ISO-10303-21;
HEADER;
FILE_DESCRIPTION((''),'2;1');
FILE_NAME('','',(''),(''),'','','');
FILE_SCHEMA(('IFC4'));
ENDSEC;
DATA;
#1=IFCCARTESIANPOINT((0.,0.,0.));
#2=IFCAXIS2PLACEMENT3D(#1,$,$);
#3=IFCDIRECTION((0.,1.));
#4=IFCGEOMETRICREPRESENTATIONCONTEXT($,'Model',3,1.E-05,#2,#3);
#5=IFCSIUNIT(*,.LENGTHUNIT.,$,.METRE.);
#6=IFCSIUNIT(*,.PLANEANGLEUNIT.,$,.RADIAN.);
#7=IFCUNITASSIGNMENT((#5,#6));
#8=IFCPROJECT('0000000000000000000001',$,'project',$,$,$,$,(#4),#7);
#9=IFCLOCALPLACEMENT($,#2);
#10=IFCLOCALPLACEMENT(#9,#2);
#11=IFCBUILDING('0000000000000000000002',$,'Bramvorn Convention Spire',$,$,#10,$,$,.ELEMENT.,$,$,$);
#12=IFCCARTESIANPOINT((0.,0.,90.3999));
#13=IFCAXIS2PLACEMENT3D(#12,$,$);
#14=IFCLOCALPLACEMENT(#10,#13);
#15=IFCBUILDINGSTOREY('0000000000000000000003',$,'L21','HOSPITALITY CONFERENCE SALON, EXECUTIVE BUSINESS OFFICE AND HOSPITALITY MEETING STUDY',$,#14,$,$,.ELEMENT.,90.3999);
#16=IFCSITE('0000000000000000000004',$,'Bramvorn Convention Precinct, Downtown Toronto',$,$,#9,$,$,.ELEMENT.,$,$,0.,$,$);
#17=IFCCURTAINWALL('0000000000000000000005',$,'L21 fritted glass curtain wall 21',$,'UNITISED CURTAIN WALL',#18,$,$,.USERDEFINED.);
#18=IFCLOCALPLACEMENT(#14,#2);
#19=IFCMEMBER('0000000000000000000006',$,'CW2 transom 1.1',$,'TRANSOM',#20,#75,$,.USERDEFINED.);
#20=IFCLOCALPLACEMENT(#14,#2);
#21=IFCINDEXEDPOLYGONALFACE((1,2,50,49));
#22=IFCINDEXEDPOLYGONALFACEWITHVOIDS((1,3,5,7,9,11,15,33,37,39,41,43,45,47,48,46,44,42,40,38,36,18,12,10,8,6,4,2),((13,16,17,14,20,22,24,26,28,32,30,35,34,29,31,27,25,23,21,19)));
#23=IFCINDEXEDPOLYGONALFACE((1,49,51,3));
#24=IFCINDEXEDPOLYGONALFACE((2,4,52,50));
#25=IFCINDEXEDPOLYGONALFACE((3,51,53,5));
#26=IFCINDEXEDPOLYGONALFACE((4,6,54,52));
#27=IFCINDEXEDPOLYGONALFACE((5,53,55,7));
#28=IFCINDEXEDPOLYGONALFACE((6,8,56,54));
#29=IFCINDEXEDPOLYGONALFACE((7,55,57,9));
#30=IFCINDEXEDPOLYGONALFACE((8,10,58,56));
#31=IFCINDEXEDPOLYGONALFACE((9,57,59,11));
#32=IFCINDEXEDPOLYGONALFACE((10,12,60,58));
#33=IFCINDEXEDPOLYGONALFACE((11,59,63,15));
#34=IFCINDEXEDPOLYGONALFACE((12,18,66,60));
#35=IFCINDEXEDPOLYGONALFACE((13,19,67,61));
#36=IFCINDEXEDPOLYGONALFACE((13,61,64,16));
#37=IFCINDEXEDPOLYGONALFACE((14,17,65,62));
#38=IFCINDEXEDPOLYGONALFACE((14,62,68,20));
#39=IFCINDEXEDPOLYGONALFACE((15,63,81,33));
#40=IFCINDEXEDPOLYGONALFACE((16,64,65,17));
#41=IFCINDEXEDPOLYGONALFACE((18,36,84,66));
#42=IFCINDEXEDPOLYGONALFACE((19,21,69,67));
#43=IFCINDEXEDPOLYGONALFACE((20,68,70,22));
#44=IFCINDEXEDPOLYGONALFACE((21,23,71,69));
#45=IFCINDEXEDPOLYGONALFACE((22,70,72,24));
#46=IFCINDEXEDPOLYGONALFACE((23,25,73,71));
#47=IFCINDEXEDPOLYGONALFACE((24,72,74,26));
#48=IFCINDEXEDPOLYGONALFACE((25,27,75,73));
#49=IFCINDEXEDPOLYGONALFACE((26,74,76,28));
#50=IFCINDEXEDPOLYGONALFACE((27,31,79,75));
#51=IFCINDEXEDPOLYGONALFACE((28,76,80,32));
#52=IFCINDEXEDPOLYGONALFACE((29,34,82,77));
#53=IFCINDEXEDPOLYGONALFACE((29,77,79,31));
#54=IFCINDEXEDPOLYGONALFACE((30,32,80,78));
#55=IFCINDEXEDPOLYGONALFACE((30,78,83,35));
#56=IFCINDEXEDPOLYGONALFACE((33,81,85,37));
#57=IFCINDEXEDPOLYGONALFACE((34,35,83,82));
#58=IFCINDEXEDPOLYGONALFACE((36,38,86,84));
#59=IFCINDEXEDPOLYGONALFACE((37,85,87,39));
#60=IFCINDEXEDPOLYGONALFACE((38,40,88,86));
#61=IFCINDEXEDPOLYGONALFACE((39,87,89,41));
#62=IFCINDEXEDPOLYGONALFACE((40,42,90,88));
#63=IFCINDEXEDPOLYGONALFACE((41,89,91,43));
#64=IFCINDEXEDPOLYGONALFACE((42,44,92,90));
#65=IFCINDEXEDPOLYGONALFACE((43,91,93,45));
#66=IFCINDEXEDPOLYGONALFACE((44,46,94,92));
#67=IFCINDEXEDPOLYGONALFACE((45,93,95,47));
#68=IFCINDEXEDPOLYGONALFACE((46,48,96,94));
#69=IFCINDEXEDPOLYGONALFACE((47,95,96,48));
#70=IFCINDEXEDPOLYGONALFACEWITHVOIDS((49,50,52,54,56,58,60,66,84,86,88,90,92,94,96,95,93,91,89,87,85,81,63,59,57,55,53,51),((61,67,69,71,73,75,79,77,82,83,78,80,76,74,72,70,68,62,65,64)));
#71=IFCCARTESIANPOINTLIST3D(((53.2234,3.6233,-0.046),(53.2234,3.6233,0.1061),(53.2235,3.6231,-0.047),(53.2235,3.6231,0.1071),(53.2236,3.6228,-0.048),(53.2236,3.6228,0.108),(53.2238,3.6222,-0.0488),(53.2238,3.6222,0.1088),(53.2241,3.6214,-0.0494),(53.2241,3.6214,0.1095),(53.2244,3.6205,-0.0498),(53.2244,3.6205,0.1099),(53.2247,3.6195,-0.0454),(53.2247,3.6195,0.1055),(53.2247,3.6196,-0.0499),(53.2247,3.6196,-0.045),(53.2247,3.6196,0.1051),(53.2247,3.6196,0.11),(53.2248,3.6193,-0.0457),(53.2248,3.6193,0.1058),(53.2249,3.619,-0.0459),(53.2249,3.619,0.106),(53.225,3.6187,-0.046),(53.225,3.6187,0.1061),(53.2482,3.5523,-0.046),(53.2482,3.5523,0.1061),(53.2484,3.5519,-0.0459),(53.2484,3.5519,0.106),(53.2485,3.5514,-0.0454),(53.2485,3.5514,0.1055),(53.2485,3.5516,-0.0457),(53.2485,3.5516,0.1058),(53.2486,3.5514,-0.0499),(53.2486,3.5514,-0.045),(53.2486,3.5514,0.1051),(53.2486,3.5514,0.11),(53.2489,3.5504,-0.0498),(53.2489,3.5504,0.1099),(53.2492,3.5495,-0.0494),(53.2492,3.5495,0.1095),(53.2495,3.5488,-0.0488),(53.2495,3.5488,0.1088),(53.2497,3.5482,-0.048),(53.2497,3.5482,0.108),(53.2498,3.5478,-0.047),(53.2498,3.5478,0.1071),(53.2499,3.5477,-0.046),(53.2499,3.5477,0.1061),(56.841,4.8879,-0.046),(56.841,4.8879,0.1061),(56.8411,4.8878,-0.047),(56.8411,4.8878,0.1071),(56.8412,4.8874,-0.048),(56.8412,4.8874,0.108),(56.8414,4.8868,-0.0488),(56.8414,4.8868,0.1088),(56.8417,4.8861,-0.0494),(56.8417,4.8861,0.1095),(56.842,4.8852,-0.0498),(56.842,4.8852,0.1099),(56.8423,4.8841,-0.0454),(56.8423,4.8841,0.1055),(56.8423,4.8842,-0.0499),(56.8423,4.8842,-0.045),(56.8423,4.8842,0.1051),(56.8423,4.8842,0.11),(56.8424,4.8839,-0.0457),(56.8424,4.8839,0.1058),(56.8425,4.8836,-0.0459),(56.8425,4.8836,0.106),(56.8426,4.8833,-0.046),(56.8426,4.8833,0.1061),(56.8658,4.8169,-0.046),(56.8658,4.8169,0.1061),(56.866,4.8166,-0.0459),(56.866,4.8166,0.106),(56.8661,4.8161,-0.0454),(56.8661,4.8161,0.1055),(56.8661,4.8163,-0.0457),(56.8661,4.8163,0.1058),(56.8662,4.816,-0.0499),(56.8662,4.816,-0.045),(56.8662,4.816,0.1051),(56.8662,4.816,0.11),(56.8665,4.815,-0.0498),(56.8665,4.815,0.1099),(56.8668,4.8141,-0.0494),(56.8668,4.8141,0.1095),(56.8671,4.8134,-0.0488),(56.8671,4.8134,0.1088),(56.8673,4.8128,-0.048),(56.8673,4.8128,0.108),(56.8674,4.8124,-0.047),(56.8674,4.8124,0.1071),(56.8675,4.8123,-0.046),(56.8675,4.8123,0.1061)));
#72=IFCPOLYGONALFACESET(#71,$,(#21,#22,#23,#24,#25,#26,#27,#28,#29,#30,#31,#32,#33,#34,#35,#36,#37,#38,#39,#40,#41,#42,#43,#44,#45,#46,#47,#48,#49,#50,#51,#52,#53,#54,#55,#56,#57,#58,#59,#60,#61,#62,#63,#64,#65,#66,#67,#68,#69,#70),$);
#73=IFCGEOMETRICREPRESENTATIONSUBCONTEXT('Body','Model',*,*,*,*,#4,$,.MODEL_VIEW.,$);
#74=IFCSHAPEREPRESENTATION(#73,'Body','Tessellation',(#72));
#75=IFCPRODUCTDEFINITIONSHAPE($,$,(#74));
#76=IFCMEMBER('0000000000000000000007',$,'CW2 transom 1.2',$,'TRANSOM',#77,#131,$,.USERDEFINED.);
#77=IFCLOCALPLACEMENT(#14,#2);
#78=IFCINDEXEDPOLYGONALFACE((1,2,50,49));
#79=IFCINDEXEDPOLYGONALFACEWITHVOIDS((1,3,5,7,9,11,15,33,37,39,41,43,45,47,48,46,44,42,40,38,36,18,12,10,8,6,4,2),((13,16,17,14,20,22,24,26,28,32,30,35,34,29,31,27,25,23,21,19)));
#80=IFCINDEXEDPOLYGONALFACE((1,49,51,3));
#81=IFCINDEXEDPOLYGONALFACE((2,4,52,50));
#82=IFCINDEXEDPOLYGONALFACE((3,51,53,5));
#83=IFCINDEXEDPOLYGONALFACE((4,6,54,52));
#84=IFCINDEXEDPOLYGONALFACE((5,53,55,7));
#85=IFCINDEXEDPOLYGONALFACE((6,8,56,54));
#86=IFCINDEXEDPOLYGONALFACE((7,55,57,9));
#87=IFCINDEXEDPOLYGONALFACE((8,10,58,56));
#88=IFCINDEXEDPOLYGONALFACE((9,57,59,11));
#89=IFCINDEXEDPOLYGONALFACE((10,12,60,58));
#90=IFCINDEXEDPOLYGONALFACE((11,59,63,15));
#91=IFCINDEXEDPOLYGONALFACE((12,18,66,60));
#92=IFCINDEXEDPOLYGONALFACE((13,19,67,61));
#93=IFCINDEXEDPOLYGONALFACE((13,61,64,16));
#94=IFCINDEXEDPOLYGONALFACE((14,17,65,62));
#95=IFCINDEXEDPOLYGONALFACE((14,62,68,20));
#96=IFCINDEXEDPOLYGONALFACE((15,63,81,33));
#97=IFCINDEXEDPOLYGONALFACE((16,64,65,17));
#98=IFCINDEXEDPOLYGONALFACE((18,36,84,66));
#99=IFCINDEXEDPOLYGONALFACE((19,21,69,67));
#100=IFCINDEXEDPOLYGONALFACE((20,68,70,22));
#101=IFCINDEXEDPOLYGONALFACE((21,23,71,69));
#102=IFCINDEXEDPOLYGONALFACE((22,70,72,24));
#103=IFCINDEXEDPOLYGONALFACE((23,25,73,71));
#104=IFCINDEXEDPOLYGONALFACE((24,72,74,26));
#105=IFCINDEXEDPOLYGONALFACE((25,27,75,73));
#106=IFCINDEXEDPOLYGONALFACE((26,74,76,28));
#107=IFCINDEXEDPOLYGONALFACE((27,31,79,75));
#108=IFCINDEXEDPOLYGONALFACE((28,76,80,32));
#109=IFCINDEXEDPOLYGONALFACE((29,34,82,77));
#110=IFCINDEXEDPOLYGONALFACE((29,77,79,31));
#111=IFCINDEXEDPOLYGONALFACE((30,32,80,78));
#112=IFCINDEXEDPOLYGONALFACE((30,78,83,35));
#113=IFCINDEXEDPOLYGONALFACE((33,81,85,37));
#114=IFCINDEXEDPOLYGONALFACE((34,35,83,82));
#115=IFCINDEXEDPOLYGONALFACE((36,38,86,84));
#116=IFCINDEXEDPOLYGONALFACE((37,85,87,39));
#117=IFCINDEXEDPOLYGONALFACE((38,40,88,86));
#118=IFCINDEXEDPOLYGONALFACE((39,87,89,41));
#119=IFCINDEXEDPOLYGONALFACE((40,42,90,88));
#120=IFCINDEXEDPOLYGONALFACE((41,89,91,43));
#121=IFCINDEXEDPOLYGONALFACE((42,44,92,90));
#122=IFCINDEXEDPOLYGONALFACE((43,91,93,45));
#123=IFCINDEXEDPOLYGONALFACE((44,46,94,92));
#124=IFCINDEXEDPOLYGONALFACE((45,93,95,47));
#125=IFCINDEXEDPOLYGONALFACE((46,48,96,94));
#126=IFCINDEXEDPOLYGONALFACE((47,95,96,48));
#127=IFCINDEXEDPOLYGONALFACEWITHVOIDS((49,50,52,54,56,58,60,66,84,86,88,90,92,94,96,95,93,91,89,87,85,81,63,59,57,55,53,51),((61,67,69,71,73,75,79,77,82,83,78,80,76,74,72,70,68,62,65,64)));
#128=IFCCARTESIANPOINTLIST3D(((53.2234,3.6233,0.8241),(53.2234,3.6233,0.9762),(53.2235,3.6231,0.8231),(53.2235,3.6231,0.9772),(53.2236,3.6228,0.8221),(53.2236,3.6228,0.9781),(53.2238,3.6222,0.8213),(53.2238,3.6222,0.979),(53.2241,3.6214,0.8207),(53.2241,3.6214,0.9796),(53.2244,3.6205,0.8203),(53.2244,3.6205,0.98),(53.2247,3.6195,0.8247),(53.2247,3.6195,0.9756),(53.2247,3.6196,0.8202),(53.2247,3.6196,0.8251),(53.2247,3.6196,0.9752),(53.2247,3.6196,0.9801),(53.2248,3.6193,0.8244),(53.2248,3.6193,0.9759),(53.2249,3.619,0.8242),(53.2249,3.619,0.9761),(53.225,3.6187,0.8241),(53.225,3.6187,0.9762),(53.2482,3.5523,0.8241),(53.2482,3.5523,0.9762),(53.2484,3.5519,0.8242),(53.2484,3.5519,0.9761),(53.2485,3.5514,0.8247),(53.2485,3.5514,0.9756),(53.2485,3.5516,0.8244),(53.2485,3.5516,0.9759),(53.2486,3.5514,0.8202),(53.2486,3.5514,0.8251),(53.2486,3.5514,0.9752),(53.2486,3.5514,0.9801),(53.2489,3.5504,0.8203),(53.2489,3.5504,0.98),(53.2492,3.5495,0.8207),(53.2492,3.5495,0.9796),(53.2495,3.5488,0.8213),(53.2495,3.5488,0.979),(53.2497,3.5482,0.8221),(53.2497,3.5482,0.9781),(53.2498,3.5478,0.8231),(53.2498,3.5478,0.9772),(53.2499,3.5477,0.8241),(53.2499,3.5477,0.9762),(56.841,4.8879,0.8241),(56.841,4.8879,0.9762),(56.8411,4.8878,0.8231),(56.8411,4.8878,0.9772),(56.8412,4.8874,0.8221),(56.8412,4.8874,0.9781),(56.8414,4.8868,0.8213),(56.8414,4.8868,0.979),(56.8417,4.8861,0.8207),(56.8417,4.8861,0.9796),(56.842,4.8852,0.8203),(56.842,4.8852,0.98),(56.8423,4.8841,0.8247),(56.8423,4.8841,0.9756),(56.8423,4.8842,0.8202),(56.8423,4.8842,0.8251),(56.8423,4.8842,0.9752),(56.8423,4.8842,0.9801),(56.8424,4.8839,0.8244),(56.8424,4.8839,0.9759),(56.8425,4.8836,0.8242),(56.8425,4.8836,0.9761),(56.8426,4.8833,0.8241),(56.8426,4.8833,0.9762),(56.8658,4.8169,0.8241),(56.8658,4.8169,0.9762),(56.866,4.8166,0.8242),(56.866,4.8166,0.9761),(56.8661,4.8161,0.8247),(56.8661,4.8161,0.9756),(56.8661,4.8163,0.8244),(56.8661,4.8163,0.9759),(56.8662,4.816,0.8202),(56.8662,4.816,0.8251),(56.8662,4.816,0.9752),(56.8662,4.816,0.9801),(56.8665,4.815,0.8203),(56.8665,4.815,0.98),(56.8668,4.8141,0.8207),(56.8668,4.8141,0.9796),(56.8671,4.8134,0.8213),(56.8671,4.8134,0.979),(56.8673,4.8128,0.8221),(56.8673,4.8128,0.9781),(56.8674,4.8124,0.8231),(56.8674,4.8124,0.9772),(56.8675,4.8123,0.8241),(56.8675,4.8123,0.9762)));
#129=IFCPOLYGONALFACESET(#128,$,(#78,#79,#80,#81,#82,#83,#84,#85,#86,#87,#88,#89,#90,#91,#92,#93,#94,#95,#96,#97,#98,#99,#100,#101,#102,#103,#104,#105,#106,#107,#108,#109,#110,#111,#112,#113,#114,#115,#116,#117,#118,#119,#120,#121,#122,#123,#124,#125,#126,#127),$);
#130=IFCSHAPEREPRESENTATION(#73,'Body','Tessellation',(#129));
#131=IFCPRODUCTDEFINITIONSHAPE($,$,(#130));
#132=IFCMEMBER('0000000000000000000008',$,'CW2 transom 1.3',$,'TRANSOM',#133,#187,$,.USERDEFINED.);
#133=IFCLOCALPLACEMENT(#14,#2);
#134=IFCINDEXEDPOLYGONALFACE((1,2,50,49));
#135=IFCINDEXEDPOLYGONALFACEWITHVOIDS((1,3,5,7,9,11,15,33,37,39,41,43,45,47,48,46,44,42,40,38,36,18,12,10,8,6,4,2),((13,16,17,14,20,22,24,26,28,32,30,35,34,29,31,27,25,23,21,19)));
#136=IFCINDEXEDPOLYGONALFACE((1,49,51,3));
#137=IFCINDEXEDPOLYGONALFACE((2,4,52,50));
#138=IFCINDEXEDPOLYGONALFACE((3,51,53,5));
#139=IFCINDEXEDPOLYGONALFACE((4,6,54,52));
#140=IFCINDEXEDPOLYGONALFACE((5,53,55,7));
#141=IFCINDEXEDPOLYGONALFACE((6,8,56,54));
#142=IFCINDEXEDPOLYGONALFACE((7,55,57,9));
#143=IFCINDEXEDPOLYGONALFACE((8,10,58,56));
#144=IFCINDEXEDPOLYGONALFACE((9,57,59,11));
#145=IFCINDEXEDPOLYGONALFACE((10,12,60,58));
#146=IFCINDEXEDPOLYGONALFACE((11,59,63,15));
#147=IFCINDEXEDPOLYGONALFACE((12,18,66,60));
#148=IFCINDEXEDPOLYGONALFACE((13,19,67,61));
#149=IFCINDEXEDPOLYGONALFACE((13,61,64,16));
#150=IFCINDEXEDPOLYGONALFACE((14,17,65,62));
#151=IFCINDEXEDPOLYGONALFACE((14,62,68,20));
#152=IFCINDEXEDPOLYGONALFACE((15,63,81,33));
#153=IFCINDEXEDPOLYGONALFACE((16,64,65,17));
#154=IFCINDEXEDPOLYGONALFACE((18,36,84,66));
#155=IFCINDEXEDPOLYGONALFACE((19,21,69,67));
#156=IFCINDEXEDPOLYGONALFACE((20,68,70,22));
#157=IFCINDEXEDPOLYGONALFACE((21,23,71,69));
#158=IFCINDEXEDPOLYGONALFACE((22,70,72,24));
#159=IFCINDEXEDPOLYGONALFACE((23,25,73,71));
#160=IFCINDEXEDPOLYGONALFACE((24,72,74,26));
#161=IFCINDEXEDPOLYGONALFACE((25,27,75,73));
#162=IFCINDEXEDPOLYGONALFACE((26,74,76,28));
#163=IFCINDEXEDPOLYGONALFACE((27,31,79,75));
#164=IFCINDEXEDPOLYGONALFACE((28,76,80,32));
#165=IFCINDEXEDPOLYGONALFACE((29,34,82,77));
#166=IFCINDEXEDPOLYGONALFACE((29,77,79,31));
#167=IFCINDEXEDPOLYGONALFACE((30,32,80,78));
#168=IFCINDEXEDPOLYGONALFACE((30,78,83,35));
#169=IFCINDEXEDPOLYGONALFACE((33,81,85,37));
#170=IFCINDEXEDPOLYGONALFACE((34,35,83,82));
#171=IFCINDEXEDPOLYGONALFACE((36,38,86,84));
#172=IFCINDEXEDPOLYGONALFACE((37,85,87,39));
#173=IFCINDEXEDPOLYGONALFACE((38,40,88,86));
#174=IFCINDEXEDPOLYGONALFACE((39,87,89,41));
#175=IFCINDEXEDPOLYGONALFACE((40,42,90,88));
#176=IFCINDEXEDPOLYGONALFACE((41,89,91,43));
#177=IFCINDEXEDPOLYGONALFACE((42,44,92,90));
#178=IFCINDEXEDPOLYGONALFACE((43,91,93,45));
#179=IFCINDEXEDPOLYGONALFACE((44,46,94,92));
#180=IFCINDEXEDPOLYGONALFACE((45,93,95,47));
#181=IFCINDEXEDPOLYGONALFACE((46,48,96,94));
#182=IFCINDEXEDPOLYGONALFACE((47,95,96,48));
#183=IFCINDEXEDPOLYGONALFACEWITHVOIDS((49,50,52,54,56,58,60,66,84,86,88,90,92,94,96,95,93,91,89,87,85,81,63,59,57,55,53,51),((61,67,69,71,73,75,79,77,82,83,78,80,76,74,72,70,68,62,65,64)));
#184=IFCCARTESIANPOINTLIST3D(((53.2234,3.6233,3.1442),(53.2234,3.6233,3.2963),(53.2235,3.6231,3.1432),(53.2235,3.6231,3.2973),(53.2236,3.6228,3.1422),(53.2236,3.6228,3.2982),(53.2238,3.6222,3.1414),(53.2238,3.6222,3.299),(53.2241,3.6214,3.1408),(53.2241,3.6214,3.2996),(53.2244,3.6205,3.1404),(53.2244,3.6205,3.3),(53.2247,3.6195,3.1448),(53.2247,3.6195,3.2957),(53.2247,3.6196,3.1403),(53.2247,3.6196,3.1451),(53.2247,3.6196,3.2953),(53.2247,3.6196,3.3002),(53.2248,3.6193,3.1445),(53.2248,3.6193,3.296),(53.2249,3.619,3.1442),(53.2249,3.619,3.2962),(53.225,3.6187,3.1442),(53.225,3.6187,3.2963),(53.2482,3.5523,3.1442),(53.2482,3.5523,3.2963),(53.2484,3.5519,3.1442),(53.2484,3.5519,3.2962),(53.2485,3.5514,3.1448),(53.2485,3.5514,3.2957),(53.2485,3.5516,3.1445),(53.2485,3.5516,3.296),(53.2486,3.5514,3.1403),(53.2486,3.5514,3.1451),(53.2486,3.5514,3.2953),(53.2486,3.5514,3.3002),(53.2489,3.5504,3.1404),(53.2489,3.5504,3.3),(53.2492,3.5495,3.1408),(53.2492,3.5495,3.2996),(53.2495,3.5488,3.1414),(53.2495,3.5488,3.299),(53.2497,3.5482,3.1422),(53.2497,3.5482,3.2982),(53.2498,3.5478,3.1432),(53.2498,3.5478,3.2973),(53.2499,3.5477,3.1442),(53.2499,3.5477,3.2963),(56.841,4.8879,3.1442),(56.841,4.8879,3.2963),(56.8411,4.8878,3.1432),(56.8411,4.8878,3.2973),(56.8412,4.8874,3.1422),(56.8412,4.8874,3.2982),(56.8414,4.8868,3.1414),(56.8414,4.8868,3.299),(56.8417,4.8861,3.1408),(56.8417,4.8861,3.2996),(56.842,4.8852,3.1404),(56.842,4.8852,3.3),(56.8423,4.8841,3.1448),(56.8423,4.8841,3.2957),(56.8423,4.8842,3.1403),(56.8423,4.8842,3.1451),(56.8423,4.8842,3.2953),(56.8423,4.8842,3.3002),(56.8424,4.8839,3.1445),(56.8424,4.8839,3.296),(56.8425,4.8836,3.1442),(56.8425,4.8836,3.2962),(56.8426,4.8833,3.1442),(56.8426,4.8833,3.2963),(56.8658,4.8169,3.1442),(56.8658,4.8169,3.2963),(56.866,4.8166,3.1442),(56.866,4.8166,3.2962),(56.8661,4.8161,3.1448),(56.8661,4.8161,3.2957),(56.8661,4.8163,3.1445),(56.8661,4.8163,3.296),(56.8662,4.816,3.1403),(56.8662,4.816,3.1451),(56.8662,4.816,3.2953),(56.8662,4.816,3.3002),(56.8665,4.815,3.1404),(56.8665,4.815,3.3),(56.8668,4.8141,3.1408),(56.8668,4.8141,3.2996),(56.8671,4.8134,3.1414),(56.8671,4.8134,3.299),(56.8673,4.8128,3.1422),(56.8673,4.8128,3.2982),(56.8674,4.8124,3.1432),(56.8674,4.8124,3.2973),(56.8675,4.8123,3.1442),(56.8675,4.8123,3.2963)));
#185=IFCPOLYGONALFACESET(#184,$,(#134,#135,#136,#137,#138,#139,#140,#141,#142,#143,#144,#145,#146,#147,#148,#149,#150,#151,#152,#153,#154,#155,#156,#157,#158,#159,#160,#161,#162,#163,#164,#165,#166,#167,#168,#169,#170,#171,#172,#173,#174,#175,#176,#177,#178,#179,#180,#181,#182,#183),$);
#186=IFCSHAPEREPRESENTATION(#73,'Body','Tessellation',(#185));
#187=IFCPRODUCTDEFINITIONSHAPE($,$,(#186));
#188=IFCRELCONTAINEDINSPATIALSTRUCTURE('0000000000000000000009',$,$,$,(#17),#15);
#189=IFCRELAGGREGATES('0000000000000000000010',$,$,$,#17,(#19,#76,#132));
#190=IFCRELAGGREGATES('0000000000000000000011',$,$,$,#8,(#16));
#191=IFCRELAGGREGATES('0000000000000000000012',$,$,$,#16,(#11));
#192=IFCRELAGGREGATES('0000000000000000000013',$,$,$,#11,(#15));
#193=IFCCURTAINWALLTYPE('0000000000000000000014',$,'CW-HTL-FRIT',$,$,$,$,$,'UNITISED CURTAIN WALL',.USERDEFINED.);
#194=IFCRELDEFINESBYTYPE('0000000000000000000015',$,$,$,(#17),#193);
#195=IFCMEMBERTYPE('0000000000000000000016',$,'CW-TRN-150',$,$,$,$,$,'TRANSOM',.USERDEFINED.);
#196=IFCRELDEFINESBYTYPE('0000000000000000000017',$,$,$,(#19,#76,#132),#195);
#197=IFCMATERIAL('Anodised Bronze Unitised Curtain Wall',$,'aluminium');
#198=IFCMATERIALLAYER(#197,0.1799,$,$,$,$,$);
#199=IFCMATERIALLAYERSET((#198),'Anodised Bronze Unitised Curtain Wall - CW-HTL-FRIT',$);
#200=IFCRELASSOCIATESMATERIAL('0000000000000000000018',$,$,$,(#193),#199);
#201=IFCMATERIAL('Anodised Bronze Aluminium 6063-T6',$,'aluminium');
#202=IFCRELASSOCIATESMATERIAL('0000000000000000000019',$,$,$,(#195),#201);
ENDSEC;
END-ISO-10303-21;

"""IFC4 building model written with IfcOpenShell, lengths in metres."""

from ifc_helpers import new_model, si_unit, direction, frame, origin, origin_2d, place, context, subcontext, project, spatial, hollow_rectangle, extrude, material, layer, layer_set, material_profile, profile_set, type_object, element, aggregate, save


model = new_model("IFC4")

# Units and contexts
model_context = context("Model", 3, precision=1e-05, world=origin(), true_north=direction((0.0, 1.0)))
body_context = subcontext(model_context, "Body", "Model", "MODEL_VIEW")
ifc_project = project(units=[si_unit("LENGTHUNIT", "METRE"), si_unit("PLANEANGLEUNIT", "RADIAN")], contexts=[model_context])

# Site, building, storey
site_placement = place(None, origin())
site = spatial("IfcSite", under=ifc_project, at=site_placement, Name="Bramvorn Convention Precinct, Downtown Toronto", CompositionType="ELEMENT", RefElevation=0.0)
building_placement = place(site_placement, origin())
building = spatial("IfcBuilding", under=site, at=building_placement, Name="Bramvorn Convention Spire", CompositionType="ELEMENT")
storey_placement = place(building_placement, frame((0.0, 0.0, 90.3999)))
storey = spatial("IfcBuildingStorey", under=building, at=storey_placement, Name="L21", Description="HOSPITALITY CONFERENCE SALON, EXECUTIVE BUSINESS OFFICE AND HOSPITALITY MEETING STUDY", CompositionType="ELEMENT", Elevation=90.3999)

# Shared definitions
ifc_material_1 = material(Name="Anodised Bronze Unitised Curtain Wall", Category="aluminium")
ifc_layer_1 = layer(ifc_material_1, 0.1799)
ifc_layer_set_1 = layer_set([ifc_layer_1], Name="Anodised Bronze Unitised Curtain Wall - CW-HTL-FRIT")
curtain_wall_type = type_object("IfcCurtainWallType", Name="CW-HTL-FRIT", ElementType="UNITISED CURTAIN WALL", PredefinedType="USERDEFINED", material=ifc_layer_set_1)
ifc_material_2 = material(Name="Anodised Bronze Aluminium 6063-T6", Category="aluminium")

# Curtain wall
curtain_wall_1_placement = place(storey_placement, origin())
curtain_wall_1 = element("IfcCurtainWall", 1, at=curtain_wall_1_placement, inside=storey, type_object=curtain_wall_type, Name="L21 fritted glass curtain wall 21", ObjectType="UNITISED CURTAIN WALL", PredefinedType="USERDEFINED")

# Members
ifc_material_profile_1 = material_profile(ifc_material_2, hollow_rectangle(XDim=0.0801, YDim=0.1599, WallThickness=0.0039, InnerFilletRadius=0.001, OuterFilletRadius=0.0039, at=origin_2d()))
ifc_profile_set_1 = profile_set([ifc_material_profile_1], Name="Anodised Bronze Aluminium 6063-T6 - CWT80X160")
member_type_1 = type_object("IfcMemberType", Name="CW-TRN-150", ElementType="TRANSOM", PredefinedType="USERDEFINED", material=ifc_profile_set_1)
member_1_placement = place(storey_placement, frame((56.8542, 4.8501, 0.03), z_axis=(-0.943983, -0.329993, 0.0), x_axis=(0.329993, -0.943983, 0.0)))
member_1 = element("IfcMember", 2, at=member_1_placement, type_object=member_type_1, Name="CW2 transom 1.1", ObjectType="TRANSOM", PredefinedType="USERDEFINED", context=body_context, shape_type="SweptSolid", body=[
    extrude(hollow_rectangle(XDim=0.0801, YDim=0.1599, WallThickness=0.0039, InnerFilletRadius=0.001, OuterFilletRadius=0.0039, at=origin_2d()), origin(), (0.0, 0.0, 1.0), 3.8323),
])
member_2_placement = place(storey_placement, frame((56.8542, 4.8501, 0.9001), z_axis=(-0.943983, -0.329993, 0.0), x_axis=(0.329993, -0.943983, 0.0)))
member_2 = element("IfcMember", 3, at=member_2_placement, type_object=member_type_1, Name="CW2 transom 1.2", ObjectType="TRANSOM", PredefinedType="USERDEFINED", context=body_context, shape_type="SweptSolid", body=[
    extrude(hollow_rectangle(XDim=0.0801, YDim=0.1599, WallThickness=0.0039, InnerFilletRadius=0.001, OuterFilletRadius=0.0039, at=origin_2d()), origin(), (0.0, 0.0, 1.0), 3.8323),
])
member_3_placement = place(storey_placement, frame((56.8542, 4.8501, 3.2202), z_axis=(-0.943983, -0.329993, 0.0), x_axis=(0.329993, -0.943983, 0.0)))
member_3 = element("IfcMember", 4, at=member_3_placement, type_object=member_type_1, Name="CW2 transom 1.3", ObjectType="TRANSOM", PredefinedType="USERDEFINED", context=body_context, shape_type="SweptSolid", body=[
    extrude(hollow_rectangle(XDim=0.0801, YDim=0.1599, WallThickness=0.0039, InnerFilletRadius=0.001, OuterFilletRadius=0.0039, at=origin_2d()), origin(), (0.0, 0.0, 1.0), 3.8323),
])

aggregate(curtain_wall_1, [member_1, member_2, member_3])

save(model, "model.ifc")
